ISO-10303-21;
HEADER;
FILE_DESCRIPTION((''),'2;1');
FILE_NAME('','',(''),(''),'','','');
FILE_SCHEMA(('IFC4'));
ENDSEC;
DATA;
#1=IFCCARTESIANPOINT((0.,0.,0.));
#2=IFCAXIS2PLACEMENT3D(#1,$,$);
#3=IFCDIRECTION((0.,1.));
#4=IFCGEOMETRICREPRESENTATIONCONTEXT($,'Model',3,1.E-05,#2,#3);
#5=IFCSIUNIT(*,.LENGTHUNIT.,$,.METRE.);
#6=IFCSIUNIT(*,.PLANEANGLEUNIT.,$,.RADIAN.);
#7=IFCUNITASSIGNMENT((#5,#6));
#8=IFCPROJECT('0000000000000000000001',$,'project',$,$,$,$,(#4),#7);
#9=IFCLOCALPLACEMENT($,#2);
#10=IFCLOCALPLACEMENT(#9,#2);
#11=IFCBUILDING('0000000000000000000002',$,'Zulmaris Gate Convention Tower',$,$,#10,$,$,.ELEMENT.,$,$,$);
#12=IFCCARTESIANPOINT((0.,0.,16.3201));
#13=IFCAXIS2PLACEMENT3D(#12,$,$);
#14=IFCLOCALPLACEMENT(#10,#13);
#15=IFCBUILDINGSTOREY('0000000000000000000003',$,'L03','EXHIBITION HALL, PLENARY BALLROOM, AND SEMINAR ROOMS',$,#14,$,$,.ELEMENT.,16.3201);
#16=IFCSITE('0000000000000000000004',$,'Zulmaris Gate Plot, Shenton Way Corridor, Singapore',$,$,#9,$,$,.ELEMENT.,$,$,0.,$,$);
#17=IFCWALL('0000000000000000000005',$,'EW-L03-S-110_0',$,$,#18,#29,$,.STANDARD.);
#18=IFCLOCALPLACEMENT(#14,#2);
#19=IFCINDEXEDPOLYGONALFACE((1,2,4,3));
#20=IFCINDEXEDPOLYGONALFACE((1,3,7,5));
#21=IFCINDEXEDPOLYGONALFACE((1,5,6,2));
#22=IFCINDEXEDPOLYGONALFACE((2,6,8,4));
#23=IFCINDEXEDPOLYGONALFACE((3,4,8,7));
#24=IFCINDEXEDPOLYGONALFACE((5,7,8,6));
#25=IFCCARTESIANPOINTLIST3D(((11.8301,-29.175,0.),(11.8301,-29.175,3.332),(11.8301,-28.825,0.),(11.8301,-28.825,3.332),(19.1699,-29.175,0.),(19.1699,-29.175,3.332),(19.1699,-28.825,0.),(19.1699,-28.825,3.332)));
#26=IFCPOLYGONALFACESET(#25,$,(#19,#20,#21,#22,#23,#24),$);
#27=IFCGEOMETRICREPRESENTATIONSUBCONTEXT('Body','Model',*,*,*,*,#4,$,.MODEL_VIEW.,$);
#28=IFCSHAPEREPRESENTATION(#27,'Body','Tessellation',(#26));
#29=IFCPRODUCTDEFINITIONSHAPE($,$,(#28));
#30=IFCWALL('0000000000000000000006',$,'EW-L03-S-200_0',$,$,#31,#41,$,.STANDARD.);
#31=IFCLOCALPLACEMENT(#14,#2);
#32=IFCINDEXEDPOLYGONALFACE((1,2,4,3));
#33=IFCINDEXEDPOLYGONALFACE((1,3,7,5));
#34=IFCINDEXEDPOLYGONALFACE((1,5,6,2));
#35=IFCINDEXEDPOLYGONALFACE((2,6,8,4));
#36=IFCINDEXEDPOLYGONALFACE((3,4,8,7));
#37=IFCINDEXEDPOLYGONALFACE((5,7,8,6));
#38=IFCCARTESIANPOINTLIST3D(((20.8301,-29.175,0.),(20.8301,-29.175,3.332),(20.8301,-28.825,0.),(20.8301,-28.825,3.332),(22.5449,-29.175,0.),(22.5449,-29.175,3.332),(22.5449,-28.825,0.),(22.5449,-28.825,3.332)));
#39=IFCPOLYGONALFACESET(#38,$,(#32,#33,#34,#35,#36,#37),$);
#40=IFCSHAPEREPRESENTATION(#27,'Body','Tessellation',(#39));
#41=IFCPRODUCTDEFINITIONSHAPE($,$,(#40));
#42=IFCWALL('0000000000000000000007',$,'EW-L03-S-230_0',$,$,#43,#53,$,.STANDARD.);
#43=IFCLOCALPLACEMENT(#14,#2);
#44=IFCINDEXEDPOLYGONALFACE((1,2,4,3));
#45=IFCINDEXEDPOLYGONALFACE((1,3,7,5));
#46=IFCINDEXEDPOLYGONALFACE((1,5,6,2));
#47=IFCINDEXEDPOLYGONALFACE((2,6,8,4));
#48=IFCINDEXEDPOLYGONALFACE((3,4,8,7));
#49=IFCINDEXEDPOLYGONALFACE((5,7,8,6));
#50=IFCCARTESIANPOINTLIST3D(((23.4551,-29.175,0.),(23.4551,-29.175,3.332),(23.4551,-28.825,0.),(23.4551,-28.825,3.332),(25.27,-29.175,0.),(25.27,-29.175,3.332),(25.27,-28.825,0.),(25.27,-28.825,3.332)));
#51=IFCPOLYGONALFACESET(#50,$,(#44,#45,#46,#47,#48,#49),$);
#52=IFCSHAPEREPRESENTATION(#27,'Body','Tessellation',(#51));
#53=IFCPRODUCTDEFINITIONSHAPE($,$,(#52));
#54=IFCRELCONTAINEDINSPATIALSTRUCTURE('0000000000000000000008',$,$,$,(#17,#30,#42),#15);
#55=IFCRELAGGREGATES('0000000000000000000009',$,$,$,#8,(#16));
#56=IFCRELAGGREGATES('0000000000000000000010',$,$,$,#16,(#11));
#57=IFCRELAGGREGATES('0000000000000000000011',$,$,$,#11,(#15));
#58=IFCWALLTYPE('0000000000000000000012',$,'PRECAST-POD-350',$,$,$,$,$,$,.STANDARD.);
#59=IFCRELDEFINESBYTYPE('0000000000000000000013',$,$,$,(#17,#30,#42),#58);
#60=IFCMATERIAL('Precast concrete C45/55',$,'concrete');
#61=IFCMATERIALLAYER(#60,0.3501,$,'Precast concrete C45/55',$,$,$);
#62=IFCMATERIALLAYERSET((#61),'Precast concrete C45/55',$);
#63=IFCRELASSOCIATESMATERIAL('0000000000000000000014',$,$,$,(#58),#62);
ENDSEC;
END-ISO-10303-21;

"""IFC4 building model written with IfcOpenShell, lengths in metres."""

from ifc_helpers import new_model, si_unit, direction, frame, frame_2d, origin, place, context, subcontext, project, spatial, rectangle, extrude, material, layer, layer_set, type_object, element, save


model = new_model("IFC4")

# Units and contexts
model_context = context("Model", 3, precision=1e-05, world=origin(), true_north=direction((0.0, 1.0)))
body_context = subcontext(model_context, "Body", "Model", "MODEL_VIEW")
ifc_project = project(units=[si_unit("LENGTHUNIT", "METRE"), si_unit("PLANEANGLEUNIT", "RADIAN")], contexts=[model_context])

# Site, building, storey
site_placement = place(None, origin())
site = spatial("IfcSite", under=ifc_project, at=site_placement, Name="Zulmaris Gate Plot, Shenton Way Corridor, Singapore", CompositionType="ELEMENT", RefElevation=0.0)
building_placement = place(site_placement, origin())
building = spatial("IfcBuilding", under=site, at=building_placement, Name="Zulmaris Gate Convention Tower", CompositionType="ELEMENT")
storey_placement = place(building_placement, frame((0.0, 0.0, 16.3201)))
storey = spatial("IfcBuildingStorey", under=building, at=storey_placement, Name="L03", Description="EXHIBITION HALL, PLENARY BALLROOM, AND SEMINAR ROOMS", CompositionType="ELEMENT", Elevation=16.3201)

# Walls
ifc_material_1 = material(Name="Precast concrete C45/55", Category="concrete")
ifc_layer_1 = layer(ifc_material_1, 0.3501, Name="Precast concrete C45/55")
ifc_layer_set_1 = layer_set([ifc_layer_1], Name="Precast concrete C45/55")
wall_type_1 = type_object("IfcWallType", Name="PRECAST-POD-350", PredefinedType="STANDARD", material=ifc_layer_set_1)
wall_1_placement = place(storey_placement, frame((11.8301, -29.0, 0.0), z_axis=(0.0, 0.0, 1.0), x_axis=(1.0, 0.0, 0.0)))
element("IfcWall", 1, at=wall_1_placement, inside=storey, type_object=wall_type_1, Name="EW-L03-S-110_0", PredefinedType="STANDARD", context=body_context, shape_type="SweptSolid", body=[
    extrude(rectangle(XDim=7.3398, YDim=0.3501, at=frame_2d((3.6699, 0.0))), origin(), (0.0, 0.0, 1.0), 3.332),
])
wall_2_placement = place(storey_placement, frame((20.8301, -29.0, 0.0), z_axis=(0.0, 0.0, 1.0), x_axis=(1.0, 0.0, 0.0)))
element("IfcWall", 2, at=wall_2_placement, inside=storey, type_object=wall_type_1, Name="EW-L03-S-200_0", PredefinedType="STANDARD", context=body_context, shape_type="SweptSolid", body=[
    extrude(rectangle(XDim=1.7148, YDim=0.3501, at=frame_2d((0.8574, 0.0))), origin(), (0.0, 0.0, 1.0), 3.332),
])
wall_3_placement = place(storey_placement, frame((23.4551, -29.0, 0.0), z_axis=(0.0, 0.0, 1.0), x_axis=(1.0, 0.0, 0.0)))
element("IfcWall", 3, at=wall_3_placement, inside=storey, type_object=wall_type_1, Name="EW-L03-S-230_0", PredefinedType="STANDARD", context=body_context, shape_type="SweptSolid", body=[
    extrude(rectangle(XDim=1.8149, YDim=0.3501, at=frame_2d((0.9075, 0.0))), origin(), (0.0, 0.0, 1.0), 3.332),
])

save(model, "model.ifc")
